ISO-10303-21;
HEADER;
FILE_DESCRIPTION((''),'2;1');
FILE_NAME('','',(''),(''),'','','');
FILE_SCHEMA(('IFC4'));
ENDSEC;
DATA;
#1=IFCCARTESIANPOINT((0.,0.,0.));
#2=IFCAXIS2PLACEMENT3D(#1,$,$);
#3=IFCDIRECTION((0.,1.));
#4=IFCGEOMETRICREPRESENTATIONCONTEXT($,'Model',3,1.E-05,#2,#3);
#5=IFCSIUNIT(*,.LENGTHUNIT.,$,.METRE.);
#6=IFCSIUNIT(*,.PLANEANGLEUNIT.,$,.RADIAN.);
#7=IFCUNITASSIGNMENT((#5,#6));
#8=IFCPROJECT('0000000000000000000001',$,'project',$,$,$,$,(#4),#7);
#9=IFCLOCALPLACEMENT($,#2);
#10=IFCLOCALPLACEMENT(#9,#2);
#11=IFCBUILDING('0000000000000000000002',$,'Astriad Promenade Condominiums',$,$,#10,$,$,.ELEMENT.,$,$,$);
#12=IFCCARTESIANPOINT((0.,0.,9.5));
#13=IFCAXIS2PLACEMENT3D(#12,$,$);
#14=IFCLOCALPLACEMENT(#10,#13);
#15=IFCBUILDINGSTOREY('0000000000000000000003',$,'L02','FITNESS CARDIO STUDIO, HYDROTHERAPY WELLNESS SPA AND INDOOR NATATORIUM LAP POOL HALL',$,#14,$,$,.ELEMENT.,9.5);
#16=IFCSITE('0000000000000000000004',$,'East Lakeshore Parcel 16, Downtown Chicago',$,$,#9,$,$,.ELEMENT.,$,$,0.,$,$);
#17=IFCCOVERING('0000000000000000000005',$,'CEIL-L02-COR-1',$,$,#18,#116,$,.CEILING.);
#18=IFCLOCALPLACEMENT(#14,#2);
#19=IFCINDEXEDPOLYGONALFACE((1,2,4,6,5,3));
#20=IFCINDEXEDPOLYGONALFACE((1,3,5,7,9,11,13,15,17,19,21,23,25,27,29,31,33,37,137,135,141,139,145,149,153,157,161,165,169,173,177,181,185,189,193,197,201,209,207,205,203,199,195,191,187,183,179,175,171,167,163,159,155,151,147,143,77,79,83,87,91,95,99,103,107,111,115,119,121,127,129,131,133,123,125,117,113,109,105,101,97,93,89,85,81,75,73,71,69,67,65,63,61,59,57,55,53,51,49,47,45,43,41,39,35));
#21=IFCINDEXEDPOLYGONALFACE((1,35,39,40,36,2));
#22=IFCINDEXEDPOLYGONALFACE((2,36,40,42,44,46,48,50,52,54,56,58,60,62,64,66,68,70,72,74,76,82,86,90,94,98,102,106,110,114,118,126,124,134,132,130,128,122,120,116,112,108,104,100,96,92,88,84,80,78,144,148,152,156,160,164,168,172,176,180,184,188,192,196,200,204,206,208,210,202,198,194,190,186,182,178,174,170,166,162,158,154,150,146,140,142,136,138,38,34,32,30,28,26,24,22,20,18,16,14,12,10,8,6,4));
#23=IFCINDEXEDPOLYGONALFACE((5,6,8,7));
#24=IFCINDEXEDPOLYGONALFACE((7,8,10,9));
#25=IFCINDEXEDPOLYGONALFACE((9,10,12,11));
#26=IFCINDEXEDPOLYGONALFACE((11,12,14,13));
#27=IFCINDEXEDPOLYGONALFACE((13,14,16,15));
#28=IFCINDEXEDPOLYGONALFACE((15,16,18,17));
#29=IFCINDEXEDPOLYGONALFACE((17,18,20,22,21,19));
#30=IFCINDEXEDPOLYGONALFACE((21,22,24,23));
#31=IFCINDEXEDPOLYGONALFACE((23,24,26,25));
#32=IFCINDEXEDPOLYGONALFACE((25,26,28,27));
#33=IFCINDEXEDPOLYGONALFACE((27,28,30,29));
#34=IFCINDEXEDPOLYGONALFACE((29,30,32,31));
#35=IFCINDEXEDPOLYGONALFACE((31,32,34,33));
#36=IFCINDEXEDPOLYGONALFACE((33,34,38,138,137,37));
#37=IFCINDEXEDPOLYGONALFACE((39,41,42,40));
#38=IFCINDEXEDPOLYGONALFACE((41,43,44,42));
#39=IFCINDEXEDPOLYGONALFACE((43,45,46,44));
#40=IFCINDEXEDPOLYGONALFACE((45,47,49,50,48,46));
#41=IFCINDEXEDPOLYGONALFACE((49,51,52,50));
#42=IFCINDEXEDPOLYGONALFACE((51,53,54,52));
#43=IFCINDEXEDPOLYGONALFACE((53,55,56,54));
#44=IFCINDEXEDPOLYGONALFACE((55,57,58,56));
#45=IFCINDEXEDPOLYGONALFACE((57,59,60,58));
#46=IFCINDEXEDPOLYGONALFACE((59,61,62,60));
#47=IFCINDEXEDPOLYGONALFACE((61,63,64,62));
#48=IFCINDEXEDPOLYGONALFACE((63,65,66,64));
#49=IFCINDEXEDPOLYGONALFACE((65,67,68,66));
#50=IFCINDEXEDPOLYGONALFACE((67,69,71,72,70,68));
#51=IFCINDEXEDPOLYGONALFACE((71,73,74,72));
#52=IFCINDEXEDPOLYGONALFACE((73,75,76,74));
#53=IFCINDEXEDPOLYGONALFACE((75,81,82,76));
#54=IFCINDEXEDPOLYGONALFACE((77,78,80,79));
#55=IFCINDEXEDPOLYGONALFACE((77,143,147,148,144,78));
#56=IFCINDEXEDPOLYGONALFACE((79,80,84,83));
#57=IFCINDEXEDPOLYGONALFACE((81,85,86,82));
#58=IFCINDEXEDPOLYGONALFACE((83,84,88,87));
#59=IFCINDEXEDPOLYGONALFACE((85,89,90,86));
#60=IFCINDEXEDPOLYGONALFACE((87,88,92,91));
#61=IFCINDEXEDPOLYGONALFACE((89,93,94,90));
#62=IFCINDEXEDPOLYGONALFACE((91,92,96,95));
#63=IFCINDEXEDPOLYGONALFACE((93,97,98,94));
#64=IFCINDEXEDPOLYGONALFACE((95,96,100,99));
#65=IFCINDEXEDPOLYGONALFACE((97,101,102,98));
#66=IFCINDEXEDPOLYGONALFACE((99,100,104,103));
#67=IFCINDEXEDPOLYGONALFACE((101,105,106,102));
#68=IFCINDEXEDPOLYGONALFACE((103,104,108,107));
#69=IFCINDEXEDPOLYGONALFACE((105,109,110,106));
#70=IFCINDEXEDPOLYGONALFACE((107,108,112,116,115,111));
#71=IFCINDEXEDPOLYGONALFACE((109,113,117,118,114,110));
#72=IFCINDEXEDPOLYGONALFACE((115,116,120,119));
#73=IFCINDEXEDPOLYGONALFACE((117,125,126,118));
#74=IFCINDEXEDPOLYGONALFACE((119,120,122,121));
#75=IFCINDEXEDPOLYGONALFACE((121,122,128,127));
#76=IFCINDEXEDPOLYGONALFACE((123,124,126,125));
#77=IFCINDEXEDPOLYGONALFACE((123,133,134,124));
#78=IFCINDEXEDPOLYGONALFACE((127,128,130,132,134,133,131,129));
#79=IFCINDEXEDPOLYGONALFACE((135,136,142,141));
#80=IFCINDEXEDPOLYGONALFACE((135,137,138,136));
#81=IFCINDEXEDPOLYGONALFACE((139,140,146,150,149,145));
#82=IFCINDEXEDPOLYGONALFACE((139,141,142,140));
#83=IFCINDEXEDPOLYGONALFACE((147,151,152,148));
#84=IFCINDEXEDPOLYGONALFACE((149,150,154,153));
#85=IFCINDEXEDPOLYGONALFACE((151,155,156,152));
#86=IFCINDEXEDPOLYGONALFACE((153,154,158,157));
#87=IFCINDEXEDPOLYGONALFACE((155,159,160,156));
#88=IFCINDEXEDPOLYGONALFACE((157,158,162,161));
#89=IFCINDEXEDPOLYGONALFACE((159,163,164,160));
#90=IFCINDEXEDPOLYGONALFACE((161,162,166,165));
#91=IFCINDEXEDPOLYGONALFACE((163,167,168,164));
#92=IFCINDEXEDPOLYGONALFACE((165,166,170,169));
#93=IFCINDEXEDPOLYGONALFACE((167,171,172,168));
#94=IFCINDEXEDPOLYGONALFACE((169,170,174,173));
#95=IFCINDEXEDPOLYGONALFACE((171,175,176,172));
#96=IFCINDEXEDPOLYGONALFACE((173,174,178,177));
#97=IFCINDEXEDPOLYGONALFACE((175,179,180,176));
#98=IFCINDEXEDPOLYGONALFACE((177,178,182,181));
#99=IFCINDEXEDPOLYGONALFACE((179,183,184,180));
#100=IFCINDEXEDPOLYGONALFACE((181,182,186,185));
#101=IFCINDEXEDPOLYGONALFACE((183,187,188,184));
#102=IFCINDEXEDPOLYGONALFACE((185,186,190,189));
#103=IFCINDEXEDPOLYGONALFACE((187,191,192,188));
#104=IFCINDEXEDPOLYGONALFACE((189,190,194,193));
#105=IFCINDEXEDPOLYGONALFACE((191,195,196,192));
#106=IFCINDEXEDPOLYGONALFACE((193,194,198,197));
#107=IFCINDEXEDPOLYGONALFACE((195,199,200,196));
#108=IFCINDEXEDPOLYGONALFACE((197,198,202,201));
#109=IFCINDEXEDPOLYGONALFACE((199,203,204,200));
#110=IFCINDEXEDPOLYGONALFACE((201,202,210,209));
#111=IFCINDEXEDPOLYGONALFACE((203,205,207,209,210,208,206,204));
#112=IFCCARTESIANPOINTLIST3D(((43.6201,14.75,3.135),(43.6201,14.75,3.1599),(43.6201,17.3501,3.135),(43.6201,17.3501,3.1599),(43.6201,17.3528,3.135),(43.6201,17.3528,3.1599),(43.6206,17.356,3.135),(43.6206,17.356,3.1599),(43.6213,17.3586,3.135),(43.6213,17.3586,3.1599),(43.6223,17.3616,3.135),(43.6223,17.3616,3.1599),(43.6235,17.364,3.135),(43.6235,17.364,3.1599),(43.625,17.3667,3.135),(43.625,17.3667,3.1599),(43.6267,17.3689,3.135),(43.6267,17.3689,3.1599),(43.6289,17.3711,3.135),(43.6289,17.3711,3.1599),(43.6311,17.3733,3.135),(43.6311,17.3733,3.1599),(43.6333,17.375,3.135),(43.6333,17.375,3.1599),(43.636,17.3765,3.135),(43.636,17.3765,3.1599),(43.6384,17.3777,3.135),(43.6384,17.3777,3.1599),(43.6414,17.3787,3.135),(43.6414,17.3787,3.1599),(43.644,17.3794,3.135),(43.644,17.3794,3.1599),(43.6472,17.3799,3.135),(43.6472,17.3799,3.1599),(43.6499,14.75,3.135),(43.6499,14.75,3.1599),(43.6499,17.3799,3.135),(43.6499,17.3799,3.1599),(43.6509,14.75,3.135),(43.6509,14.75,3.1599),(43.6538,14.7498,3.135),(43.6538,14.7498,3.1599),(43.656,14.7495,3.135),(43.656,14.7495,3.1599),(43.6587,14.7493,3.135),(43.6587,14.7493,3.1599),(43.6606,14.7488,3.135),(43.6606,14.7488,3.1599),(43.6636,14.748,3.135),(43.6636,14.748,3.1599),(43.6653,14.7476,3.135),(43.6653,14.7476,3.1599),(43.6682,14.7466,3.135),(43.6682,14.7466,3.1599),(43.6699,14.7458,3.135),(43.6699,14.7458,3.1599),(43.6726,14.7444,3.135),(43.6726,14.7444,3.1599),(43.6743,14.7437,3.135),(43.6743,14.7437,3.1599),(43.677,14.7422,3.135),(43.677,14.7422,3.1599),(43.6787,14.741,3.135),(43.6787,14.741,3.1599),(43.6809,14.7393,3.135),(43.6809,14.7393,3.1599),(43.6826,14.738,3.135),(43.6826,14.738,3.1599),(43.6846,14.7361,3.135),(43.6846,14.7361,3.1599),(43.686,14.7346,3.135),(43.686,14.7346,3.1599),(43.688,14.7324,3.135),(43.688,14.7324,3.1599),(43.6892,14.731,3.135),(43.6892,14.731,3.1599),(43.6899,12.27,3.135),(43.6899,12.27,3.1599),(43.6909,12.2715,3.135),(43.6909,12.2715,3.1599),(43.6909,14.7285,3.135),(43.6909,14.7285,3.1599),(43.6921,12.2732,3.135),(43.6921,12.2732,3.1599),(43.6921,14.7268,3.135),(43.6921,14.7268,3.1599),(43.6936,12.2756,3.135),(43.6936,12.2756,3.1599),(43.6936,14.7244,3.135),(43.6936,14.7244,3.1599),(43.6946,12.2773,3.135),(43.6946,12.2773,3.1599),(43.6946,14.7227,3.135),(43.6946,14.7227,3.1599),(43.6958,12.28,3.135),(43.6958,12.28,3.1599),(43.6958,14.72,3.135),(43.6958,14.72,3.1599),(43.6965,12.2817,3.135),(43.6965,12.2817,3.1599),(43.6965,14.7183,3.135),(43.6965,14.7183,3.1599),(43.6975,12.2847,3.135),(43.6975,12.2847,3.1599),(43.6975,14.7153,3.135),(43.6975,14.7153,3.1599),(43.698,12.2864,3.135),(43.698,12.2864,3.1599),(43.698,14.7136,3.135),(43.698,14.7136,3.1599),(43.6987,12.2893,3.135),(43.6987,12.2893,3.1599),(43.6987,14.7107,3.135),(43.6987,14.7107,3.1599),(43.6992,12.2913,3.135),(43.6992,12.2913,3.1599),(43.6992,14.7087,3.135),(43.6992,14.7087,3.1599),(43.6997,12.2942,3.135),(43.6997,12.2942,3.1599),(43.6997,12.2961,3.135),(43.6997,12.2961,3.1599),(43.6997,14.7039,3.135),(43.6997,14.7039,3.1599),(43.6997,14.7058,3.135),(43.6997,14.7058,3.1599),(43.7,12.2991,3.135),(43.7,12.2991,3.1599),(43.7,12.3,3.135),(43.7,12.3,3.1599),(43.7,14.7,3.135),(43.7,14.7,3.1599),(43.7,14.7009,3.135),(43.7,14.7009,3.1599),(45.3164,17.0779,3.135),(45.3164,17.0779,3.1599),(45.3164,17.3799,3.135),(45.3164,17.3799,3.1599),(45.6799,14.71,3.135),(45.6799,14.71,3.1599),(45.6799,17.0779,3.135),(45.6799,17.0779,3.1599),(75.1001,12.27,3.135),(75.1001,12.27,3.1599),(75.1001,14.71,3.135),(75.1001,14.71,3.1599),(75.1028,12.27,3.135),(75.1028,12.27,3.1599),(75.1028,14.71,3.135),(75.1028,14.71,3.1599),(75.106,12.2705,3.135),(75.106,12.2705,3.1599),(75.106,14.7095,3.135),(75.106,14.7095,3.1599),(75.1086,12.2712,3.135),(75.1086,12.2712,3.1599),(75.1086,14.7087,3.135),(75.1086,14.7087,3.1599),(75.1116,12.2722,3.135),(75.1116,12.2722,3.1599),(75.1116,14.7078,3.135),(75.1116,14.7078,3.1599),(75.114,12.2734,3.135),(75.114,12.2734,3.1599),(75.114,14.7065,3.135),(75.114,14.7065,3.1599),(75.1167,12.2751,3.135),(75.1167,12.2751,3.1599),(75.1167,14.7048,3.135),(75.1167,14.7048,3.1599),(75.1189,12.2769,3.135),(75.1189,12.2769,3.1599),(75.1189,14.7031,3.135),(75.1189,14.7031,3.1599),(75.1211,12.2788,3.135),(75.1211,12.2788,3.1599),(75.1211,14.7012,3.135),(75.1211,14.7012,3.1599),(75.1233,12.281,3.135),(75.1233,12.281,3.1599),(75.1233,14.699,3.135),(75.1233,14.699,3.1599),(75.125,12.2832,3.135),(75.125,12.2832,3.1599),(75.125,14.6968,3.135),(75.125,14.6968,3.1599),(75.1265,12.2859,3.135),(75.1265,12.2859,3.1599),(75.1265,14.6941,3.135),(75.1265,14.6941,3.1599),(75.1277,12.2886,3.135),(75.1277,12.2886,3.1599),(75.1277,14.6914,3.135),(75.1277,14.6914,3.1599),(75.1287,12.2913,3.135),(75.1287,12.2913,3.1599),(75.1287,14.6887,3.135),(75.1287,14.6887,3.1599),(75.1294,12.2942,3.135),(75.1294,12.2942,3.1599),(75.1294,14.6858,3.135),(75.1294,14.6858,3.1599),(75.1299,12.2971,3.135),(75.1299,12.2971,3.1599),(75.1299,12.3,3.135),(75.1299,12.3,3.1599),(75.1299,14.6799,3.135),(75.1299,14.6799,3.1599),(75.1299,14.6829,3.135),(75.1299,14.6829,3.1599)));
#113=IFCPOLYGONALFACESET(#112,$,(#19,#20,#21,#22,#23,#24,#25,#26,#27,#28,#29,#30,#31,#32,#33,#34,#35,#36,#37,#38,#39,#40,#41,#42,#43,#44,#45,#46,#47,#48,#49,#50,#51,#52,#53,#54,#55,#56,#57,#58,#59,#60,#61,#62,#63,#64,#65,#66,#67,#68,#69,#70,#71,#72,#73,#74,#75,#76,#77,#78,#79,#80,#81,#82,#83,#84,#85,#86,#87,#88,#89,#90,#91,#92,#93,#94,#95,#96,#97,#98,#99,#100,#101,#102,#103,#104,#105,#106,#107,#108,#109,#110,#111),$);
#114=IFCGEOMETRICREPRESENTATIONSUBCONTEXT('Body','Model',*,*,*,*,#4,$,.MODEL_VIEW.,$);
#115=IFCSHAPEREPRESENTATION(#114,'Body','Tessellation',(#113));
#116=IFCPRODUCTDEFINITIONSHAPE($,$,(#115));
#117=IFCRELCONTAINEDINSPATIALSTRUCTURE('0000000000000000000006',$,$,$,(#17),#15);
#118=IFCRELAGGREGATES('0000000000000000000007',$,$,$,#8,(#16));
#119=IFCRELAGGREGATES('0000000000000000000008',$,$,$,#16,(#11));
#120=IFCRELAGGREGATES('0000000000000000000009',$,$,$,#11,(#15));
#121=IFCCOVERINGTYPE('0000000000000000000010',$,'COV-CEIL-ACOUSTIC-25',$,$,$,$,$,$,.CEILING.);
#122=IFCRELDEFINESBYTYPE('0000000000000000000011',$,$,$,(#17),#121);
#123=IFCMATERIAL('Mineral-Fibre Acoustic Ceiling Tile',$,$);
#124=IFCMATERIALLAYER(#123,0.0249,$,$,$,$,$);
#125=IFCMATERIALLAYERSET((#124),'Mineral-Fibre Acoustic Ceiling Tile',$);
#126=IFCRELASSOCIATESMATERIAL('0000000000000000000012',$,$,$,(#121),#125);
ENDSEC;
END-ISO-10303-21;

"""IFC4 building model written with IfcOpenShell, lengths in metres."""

from ifc_helpers import new_model, si_unit, direction, frame, origin, place, context, subcontext, project, spatial, polyline, outline, extrude, material, layer, layer_set, type_object, element, save


model = new_model("IFC4")

# Units and contexts
model_context = context("Model", 3, precision=1e-05, world=origin(), true_north=direction((0.0, 1.0)))
body_context = subcontext(model_context, "Body", "Model", "MODEL_VIEW")
ifc_project = project(units=[si_unit("LENGTHUNIT", "METRE"), si_unit("PLANEANGLEUNIT", "RADIAN")], contexts=[model_context])

# Site, building, storey
site_placement = place(None, origin())
site = spatial("IfcSite", under=ifc_project, at=site_placement, Name="East Lakeshore Parcel 16, Downtown Chicago", CompositionType="ELEMENT", RefElevation=0.0)
building_placement = place(site_placement, origin())
building = spatial("IfcBuilding", under=site, at=building_placement, Name="Astriad Promenade Condominiums", CompositionType="ELEMENT")
storey_placement = place(building_placement, frame((0.0, 0.0, 9.5)))
storey = spatial("IfcBuildingStorey", under=building, at=storey_placement, Name="L02", Description="FITNESS CARDIO STUDIO, HYDROTHERAPY WELLNESS SPA AND INDOOR NATATORIUM LAP POOL HALL", CompositionType="ELEMENT", Elevation=9.5)

# Covering
ifc_material_1 = material(Name="Mineral-Fibre Acoustic Ceiling Tile")
ifc_layer_1 = layer(ifc_material_1, 0.0249)
ifc_layer_set_1 = layer_set([ifc_layer_1], Name="Mineral-Fibre Acoustic Ceiling Tile")
covering_type_1 = type_object("IfcCoveringType", Name="COV-CEIL-ACOUSTIC-25", PredefinedType="CEILING", material=ifc_layer_set_1)
covering_1_placement = place(storey_placement, frame((0.0, 0.0, 3.135)))
element("IfcCovering", 1, at=covering_1_placement, inside=storey, type_object=covering_type_1, Name="CEIL-L02-COR-1", PredefinedType="CEILING", context=body_context, shape_type="SweptSolid", body=[
    extrude(outline(polyline([(43.6201, 17.3501), (43.6201, 17.3528), (43.6206, 17.356), (43.6213, 17.3586), (43.6223, 17.3616), (43.6235, 17.364), (43.625, 17.3667), (43.6267, 17.3689), (43.6289, 17.3711), (43.6311, 17.3733), (43.6333, 17.375), (43.636, 17.3765), (43.6384, 17.3777), (43.6414, 17.3787), (43.644, 17.3794), (43.6472, 17.3799), (43.6499, 17.3799), (45.3164, 17.3799), (45.3164, 17.0779), (45.6799, 17.0779), (45.6799, 14.71), (75.1001, 14.71), (75.1028, 14.71), (75.106, 14.7095), (75.1086, 14.7087), (75.1116, 14.7078), (75.114, 14.7065), (75.1167, 14.7048), (75.1189, 14.7031), (75.1211, 14.7012), (75.1233, 14.699), (75.125, 14.6968), (75.1265, 14.6941), (75.1277, 14.6914), (75.1287, 14.6887), (75.1294, 14.6858), (75.1299, 14.6829), (75.1299, 14.6799), (75.1299, 12.3), (75.1299, 12.2971), (75.1294, 12.2942), (75.1287, 12.2913), (75.1277, 12.2886), (75.1265, 12.2859), (75.125, 12.2832), (75.1233, 12.281), (75.1211, 12.2788), (75.1189, 12.2769), (75.1167, 12.2751), (75.114, 12.2734), (75.1116, 12.2722), (75.1086, 12.2712), (75.106, 12.2705), (75.1028, 12.27), (75.1001, 12.27), (43.6899, 12.27), (43.6909, 12.2715), (43.6921, 12.2732), (43.6936, 12.2756), (43.6946, 12.2773), (43.6958, 12.28), (43.6965, 12.2817), (43.6975, 12.2847), (43.698, 12.2864), (43.6987, 12.2893), (43.6992, 12.2913), (43.6997, 12.2942), (43.6997, 12.2961), (43.7, 12.2991), (43.7, 12.3), (43.7, 14.7), (43.7, 14.7009), (43.6997, 14.7039), (43.6997, 14.7058), (43.6992, 14.7087), (43.6987, 14.7107), (43.698, 14.7136), (43.6975, 14.7153), (43.6965, 14.7183), (43.6958, 14.72), (43.6946, 14.7227), (43.6936, 14.7244), (43.6921, 14.7268), (43.6909, 14.7285), (43.6892, 14.731), (43.688, 14.7324), (43.686, 14.7346), (43.6846, 14.7361), (43.6826, 14.738), (43.6809, 14.7393), (43.6787, 14.741), (43.677, 14.7422), (43.6743, 14.7437), (43.6726, 14.7444), (43.6699, 14.7458), (43.6682, 14.7466), (43.6653, 14.7476), (43.6636, 14.748), (43.6606, 14.7488), (43.6587, 14.7493), (43.656, 14.7495), (43.6538, 14.7498), (43.6509, 14.75), (43.6499, 14.75), (43.6201, 14.75), (43.6201, 17.3501)])), origin(), (0.0, 0.0, 1.0), 0.0249),
])

save(model, "model.ifc")
